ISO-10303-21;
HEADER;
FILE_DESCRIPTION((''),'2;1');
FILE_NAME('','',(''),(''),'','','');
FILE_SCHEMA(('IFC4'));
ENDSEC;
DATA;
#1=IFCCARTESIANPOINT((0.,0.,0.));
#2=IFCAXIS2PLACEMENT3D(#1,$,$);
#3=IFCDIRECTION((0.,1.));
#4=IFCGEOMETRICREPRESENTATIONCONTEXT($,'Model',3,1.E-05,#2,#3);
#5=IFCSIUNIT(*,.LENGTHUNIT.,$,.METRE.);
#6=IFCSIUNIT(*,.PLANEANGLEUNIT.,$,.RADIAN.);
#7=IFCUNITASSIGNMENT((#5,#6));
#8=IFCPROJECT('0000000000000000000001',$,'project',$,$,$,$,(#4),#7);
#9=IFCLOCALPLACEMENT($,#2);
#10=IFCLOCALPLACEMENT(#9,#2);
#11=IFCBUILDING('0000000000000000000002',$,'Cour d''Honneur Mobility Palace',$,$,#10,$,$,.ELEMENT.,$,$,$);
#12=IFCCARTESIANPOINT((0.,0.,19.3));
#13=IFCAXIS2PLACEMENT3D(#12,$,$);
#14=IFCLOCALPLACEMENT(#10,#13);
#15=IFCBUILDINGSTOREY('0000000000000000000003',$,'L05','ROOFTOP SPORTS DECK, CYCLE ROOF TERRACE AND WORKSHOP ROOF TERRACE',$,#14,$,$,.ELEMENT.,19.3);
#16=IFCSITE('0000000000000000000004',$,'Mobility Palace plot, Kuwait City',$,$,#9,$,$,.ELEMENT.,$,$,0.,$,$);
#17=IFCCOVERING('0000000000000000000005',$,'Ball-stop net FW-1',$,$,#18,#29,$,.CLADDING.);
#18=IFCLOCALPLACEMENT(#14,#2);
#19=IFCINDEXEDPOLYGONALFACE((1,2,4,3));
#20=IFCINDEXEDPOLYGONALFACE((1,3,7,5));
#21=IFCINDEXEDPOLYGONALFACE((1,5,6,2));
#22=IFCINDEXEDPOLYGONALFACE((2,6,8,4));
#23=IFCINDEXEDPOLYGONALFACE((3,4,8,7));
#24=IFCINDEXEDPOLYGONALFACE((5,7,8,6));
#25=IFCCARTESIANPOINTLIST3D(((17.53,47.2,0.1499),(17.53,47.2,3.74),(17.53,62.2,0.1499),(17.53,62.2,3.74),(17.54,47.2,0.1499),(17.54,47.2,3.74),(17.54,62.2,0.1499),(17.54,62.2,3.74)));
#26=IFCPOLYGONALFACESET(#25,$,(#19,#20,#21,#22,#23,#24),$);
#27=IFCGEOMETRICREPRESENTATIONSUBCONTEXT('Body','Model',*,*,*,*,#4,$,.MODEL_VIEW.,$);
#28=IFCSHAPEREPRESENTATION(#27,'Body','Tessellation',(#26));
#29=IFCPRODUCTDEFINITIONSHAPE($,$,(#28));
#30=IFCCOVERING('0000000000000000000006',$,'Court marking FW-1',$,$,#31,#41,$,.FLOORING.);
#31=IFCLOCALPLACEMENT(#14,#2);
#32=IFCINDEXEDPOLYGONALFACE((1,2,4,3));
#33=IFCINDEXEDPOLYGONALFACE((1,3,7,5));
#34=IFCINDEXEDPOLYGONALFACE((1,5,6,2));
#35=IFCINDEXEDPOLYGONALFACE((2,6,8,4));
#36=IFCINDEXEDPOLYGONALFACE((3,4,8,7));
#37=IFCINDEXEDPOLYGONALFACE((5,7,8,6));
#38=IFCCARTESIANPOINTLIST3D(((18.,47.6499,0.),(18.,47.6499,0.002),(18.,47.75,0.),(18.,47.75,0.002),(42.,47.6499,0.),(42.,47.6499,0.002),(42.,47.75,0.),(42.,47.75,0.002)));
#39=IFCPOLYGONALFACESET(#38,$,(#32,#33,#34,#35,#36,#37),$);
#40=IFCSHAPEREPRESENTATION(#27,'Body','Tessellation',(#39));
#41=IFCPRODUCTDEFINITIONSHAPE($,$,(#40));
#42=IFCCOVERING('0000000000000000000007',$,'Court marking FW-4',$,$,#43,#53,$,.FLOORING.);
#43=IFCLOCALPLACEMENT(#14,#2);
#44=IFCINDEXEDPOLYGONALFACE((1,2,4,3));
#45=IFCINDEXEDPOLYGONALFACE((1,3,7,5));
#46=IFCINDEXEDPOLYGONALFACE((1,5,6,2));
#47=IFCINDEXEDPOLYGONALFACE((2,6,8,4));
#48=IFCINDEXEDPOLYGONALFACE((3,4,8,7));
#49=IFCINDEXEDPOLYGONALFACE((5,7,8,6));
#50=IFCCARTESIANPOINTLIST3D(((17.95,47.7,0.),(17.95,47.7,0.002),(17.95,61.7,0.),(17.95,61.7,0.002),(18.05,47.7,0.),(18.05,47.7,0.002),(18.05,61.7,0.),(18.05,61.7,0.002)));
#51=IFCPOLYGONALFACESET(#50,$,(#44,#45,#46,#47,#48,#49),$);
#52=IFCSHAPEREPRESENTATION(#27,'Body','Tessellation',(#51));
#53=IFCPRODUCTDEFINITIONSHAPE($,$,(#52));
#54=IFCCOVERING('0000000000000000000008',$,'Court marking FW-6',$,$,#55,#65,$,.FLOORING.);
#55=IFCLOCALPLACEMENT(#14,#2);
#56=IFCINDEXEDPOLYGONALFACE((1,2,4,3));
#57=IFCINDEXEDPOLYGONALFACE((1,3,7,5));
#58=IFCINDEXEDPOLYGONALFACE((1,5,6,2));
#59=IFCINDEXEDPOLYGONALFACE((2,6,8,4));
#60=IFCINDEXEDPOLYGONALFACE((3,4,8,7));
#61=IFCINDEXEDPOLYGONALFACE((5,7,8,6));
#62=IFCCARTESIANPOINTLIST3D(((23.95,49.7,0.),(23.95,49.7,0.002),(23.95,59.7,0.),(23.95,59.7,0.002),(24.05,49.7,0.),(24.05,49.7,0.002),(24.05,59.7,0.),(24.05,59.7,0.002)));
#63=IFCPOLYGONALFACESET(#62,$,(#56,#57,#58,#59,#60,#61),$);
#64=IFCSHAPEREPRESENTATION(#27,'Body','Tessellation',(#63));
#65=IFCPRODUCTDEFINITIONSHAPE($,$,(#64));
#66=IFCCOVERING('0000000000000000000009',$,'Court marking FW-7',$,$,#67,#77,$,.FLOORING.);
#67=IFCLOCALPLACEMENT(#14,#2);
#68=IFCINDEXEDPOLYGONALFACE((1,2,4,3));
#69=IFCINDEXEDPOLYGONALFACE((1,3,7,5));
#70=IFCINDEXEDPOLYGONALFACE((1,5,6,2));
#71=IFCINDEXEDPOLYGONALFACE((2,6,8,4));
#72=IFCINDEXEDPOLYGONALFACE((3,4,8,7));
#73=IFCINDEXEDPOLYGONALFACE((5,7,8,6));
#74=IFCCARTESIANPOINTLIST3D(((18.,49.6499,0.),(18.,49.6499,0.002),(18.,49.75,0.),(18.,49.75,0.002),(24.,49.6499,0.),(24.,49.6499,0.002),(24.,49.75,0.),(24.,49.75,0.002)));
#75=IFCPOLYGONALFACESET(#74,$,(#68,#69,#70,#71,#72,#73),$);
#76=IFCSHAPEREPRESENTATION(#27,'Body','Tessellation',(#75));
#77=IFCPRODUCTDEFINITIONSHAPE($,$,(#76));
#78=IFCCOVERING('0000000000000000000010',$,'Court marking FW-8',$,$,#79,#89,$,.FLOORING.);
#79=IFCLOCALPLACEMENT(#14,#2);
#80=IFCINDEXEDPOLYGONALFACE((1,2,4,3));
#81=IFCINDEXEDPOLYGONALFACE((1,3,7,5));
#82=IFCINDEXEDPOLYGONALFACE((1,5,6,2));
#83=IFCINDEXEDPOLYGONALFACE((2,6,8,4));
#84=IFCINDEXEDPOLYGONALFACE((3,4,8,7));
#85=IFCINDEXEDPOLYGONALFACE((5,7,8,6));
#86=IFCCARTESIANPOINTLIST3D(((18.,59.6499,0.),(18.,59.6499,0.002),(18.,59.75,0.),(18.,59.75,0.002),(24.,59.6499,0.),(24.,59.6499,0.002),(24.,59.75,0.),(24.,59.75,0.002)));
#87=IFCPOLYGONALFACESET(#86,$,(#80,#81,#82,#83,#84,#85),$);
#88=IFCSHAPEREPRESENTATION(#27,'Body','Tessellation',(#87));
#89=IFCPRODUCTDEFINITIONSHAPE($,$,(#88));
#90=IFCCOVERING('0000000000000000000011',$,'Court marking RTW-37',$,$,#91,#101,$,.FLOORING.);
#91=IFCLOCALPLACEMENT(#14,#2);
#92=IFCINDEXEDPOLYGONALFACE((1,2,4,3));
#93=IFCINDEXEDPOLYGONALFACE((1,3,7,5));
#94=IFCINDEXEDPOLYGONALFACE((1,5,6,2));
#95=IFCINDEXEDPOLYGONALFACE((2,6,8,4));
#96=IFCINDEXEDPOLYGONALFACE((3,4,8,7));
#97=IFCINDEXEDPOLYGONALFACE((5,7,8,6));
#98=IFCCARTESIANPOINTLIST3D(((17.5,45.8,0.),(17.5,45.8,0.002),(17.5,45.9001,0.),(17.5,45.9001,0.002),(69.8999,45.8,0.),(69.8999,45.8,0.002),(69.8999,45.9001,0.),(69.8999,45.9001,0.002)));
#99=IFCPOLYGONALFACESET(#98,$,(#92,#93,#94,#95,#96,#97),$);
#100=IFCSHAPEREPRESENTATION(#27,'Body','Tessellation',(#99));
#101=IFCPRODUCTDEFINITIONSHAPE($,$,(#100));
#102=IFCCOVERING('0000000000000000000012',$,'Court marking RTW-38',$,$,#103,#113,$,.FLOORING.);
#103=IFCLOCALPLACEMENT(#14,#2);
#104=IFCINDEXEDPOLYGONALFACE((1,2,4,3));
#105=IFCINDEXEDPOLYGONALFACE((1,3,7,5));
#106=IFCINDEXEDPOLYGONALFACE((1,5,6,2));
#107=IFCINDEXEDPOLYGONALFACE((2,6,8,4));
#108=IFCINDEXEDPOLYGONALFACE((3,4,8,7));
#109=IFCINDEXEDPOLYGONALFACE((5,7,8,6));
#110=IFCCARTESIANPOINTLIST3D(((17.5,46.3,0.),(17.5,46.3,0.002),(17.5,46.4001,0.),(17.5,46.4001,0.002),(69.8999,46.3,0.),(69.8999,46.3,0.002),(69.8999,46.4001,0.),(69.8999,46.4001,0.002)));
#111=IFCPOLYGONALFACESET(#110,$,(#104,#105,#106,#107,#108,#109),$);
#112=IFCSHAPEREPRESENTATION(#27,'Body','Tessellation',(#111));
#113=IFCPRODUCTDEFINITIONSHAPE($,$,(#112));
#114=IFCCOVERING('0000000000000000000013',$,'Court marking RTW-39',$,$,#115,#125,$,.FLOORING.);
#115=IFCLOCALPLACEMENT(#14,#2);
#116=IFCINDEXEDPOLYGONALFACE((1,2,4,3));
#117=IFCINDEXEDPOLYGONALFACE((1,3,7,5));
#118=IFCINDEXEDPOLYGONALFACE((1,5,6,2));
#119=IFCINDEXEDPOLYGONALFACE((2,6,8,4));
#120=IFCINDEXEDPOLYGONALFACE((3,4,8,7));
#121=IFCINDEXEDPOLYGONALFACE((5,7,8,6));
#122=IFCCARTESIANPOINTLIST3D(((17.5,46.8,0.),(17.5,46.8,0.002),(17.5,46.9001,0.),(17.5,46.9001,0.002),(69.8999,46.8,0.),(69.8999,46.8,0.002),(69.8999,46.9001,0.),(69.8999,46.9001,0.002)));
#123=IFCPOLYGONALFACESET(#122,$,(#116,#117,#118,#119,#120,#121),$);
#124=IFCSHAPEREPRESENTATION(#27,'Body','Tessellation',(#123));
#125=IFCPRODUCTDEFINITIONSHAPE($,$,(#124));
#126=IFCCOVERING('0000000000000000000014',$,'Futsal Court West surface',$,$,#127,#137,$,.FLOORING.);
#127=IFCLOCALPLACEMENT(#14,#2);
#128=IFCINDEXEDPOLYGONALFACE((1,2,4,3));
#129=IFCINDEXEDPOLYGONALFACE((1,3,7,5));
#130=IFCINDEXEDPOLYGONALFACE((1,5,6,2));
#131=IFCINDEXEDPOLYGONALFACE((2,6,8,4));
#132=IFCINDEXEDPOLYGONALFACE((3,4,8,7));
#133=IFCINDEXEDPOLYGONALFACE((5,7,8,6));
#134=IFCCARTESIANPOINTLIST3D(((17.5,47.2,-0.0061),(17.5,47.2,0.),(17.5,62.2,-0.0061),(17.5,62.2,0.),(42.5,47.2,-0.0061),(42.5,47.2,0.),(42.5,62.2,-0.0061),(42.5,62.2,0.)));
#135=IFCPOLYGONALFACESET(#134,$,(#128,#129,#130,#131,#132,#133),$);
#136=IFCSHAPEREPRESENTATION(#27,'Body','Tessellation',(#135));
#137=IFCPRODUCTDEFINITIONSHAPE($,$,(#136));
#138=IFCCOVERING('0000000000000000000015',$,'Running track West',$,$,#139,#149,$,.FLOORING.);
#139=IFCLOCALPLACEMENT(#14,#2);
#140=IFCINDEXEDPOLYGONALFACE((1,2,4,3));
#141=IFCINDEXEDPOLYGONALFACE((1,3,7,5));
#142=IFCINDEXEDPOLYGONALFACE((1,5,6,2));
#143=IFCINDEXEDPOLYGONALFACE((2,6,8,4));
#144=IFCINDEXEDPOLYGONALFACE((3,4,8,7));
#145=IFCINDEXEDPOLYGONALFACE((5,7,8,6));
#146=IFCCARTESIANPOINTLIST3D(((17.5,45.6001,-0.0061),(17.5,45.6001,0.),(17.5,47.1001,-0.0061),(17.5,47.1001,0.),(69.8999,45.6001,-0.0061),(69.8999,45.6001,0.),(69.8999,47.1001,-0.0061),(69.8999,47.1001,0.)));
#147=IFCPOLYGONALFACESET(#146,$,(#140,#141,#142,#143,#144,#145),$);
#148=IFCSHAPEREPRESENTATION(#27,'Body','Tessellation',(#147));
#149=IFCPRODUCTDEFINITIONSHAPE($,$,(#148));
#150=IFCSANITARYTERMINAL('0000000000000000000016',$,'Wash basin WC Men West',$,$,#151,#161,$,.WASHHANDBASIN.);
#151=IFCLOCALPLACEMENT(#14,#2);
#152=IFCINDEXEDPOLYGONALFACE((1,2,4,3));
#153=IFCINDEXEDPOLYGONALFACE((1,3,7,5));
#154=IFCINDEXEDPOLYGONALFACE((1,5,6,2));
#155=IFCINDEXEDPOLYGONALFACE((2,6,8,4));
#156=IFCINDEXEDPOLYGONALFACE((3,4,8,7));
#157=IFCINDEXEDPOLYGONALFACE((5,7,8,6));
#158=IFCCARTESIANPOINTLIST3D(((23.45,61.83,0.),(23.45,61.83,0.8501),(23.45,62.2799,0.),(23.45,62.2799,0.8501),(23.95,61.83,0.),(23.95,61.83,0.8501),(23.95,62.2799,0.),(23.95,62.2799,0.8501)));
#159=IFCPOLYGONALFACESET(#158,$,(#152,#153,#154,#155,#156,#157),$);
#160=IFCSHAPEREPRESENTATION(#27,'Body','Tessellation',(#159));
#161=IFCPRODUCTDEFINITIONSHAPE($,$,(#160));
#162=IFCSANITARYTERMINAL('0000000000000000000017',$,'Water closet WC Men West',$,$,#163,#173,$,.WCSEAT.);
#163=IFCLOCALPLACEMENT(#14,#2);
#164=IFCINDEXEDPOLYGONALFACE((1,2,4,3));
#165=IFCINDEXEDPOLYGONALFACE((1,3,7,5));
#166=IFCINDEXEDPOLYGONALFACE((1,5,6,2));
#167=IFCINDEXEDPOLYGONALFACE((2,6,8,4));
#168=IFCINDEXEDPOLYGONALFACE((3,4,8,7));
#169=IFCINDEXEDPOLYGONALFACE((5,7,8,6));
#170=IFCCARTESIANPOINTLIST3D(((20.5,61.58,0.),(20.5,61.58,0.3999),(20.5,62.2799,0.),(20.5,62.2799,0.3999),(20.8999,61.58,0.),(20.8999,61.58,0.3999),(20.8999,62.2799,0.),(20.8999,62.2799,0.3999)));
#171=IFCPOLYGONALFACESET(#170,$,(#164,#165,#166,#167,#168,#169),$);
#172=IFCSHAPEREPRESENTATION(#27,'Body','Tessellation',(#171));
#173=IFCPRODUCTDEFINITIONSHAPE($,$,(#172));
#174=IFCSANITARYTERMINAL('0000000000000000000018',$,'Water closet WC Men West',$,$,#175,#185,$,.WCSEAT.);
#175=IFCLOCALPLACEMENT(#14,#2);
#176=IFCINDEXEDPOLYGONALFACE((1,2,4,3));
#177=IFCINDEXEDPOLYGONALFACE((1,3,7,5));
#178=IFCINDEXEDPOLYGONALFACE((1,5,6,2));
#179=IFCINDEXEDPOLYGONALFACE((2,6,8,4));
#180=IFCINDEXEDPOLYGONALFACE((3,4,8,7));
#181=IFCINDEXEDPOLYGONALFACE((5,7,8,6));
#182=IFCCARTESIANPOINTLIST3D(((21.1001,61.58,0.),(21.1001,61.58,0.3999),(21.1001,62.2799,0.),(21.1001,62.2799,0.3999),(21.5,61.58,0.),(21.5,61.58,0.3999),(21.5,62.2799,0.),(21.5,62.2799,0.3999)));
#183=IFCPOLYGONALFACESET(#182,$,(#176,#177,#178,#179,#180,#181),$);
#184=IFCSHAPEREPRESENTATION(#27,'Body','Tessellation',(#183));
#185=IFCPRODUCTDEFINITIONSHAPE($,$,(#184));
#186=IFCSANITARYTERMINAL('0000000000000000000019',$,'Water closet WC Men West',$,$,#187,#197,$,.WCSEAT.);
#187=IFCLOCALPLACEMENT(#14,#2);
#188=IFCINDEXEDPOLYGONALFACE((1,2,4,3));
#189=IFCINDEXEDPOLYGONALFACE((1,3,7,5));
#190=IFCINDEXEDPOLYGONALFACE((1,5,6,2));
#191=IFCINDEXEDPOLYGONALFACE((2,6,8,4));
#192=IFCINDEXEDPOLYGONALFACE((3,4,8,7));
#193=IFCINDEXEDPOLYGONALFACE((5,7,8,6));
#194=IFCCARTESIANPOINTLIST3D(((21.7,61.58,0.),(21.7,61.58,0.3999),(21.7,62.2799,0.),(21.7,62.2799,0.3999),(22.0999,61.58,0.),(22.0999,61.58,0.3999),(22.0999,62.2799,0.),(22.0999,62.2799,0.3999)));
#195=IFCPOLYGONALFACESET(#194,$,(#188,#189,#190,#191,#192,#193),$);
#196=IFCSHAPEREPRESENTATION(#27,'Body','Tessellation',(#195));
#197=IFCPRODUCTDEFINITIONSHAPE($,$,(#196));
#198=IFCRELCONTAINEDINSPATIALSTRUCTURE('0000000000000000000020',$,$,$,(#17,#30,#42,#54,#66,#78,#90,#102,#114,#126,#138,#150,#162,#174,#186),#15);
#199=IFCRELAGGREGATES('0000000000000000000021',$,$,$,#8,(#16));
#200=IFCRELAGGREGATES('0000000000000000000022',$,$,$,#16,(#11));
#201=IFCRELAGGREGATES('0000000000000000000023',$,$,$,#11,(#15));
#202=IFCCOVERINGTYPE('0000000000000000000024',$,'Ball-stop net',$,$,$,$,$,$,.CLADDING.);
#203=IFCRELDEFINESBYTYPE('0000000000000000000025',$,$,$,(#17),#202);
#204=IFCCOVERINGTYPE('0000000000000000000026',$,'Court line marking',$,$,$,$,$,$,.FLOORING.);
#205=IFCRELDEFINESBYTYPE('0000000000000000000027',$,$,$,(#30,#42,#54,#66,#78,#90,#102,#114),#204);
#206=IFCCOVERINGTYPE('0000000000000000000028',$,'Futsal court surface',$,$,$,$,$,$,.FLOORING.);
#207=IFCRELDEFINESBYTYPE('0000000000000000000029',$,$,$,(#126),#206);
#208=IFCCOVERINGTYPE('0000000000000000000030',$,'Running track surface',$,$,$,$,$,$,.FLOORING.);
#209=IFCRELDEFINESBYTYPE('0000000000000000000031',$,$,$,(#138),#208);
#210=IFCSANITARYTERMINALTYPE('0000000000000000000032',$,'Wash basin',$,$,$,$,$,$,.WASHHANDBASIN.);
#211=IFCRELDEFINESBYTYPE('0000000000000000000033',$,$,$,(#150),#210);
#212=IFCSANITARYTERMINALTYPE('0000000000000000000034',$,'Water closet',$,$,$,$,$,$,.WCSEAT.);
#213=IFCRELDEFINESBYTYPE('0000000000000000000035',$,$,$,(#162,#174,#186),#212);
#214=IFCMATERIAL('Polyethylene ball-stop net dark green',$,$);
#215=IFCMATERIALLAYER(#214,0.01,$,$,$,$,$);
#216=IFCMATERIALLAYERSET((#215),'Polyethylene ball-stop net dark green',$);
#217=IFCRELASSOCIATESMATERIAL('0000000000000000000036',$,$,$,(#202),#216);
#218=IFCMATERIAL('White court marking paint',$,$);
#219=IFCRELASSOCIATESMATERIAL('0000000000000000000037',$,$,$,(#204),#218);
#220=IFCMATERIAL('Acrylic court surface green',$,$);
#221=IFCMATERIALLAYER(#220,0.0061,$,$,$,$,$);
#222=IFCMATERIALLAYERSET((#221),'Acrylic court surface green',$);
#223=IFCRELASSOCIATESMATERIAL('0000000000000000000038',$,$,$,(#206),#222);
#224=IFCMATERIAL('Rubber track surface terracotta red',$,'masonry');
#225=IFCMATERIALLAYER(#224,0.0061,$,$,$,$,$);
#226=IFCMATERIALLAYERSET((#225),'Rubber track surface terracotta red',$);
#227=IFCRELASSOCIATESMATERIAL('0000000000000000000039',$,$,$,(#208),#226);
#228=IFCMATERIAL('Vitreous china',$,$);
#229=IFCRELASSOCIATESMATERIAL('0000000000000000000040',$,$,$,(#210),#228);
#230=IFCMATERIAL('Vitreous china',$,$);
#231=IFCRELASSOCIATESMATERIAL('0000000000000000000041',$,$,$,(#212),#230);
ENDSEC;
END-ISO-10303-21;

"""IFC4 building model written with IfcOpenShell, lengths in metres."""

from ifc_helpers import new_model, si_unit, direction, frame, origin, origin_2d, place, context, subcontext, project, spatial, polyline, rectangle, outline, extrude, material, layer, layer_set, material_profile, profile_set, type_object, element, save


model = new_model("IFC4")

# Units and contexts
model_context = context("Model", 3, precision=1e-05, world=origin(), true_north=direction((0.0, 1.0)))
body_context = subcontext(model_context, "Body", "Model", "MODEL_VIEW")
ifc_project = project(units=[si_unit("LENGTHUNIT", "METRE"), si_unit("PLANEANGLEUNIT", "RADIAN")], contexts=[model_context])

# Site, building, storey
site_placement = place(None, origin())
site = spatial("IfcSite", under=ifc_project, at=site_placement, Name="Mobility Palace plot, Kuwait City", CompositionType="ELEMENT", RefElevation=0.0)
building_placement = place(site_placement, origin())
building = spatial("IfcBuilding", under=site, at=building_placement, Name="Cour d'Honneur Mobility Palace", CompositionType="ELEMENT")
storey_placement = place(building_placement, frame((0.0, 0.0, 19.3)))
storey = spatial("IfcBuildingStorey", under=building, at=storey_placement, Name="L05", Description="ROOFTOP SPORTS DECK, CYCLE ROOF TERRACE AND WORKSHOP ROOF TERRACE", CompositionType="ELEMENT", Elevation=19.3)

# Coverings
ifc_material_1 = material(Name="Polyethylene ball-stop net dark green")
ifc_layer_1 = layer(ifc_material_1, 0.01)
ifc_layer_set_1 = layer_set([ifc_layer_1], Name="Polyethylene ball-stop net dark green")
covering_type_1 = type_object("IfcCoveringType", Name="Ball-stop net", PredefinedType="CLADDING", material=ifc_layer_set_1)
covering_1_placement = place(storey_placement, frame((17.54, 47.2, 0.1499), z_axis=(1.0, 0.0, 0.0), x_axis=(0.0, 1.0, 0.0)))
element("IfcCovering", 1, at=covering_1_placement, inside=storey, type_object=covering_type_1, Name="Ball-stop net FW-1", PredefinedType="CLADDING", context=body_context, shape_type="SweptSolid", body=[
    extrude(outline(polyline([(0.0, 0.0), (15.0, 0.0), (15.0, 3.5901), (0.0, 3.5901), (0.0, 0.0)])), origin(), (0.0, 0.0, -1.0), 0.01),
])
ifc_material_2 = material(Name="White court marking paint")
ifc_material_profile_1 = material_profile(ifc_material_2, rectangle(XDim=0.1001, YDim=0.002, at=origin_2d()), Name="Court line marking")
ifc_profile_set_1 = profile_set([ifc_material_profile_1], Name="White court marking paint")
covering_type_2 = type_object("IfcCoveringType", Name="Court line marking", PredefinedType="FLOORING", material=ifc_profile_set_1)
covering_2_placement = place(storey_placement, frame((18.0, 47.7, 0.001), z_axis=(1.0, 0.0, 0.0), x_axis=(0.0, 1.0, 0.0)))
element("IfcCovering", 2, at=covering_2_placement, inside=storey, type_object=covering_type_2, Name="Court marking FW-1", PredefinedType="FLOORING", context=body_context, shape_type="SweptSolid", body=[
    extrude(rectangle(XDim=0.1001, YDim=0.002, at=origin_2d()), origin(), (0.0, 0.0, 1.0), 24.0),
])
covering_3_placement = place(storey_placement, frame((18.0, 61.7, 0.001), z_axis=(0.0, -1.0, 0.0), x_axis=(1.0, 0.0, 0.0)))
element("IfcCovering", 3, at=covering_3_placement, inside=storey, type_object=covering_type_2, Name="Court marking FW-4", PredefinedType="FLOORING", context=body_context, shape_type="SweptSolid", body=[
    extrude(rectangle(XDim=0.1001, YDim=0.002, at=origin_2d()), origin(), (0.0, 0.0, 1.0), 14.0),
])
covering_4_placement = place(storey_placement, frame((24.0, 49.7, 0.001), z_axis=(0.0, 1.0, 0.0), x_axis=(-1.0, 0.0, 0.0)))
element("IfcCovering", 4, at=covering_4_placement, inside=storey, type_object=covering_type_2, Name="Court marking FW-6", PredefinedType="FLOORING", context=body_context, shape_type="SweptSolid", body=[
    extrude(rectangle(XDim=0.1001, YDim=0.002, at=origin_2d()), origin(), (0.0, 0.0, 1.0), 10.0),
])
for number, where, z_axis, x_axis, name in (
    (5, (18.0, 49.7, 0.001), (1.0, 0.0, 0.0), (0.0, 1.0, 0.0), "Court marking FW-7"),
    (6, (18.0, 59.7, 0.001), (1.0, 0.0, 0.0), (0.0, 1.0, 0.0), "Court marking FW-8"),
):
    element("IfcCovering", number, at=place(storey_placement, frame(where, z_axis=z_axis, x_axis=x_axis)), inside=storey, type_object=covering_type_2, Name=name, PredefinedType="FLOORING", context=body_context, shape_type="SweptSolid", body=[
        extrude(rectangle(XDim=0.1001, YDim=0.002, at=origin_2d()), origin(), (0.0, 0.0, 1.0), 6.0),
    ])
for number, where, z_axis, x_axis, name in (
    (7, (17.5, 45.8501, 0.001), (1.0, 0.0, 0.0), (0.0, 1.0, 0.0), "Court marking RTW-37"),
    (8, (17.5, 46.3501, 0.001), (1.0, 0.0, 0.0), (0.0, 1.0, 0.0), "Court marking RTW-38"),
    (9, (17.5, 46.8501, 0.001), (1.0, 0.0, 0.0), (0.0, 1.0, 0.0), "Court marking RTW-39"),
):
    element("IfcCovering", number, at=place(storey_placement, frame(where, z_axis=z_axis, x_axis=x_axis)), inside=storey, type_object=covering_type_2, Name=name, PredefinedType="FLOORING", context=body_context, shape_type="SweptSolid", body=[
        extrude(rectangle(XDim=0.1001, YDim=0.002, at=origin_2d()), origin(), (0.0, 0.0, 1.0), 52.3999),
    ])
ifc_material_3 = material(Name="Acrylic court surface green")
ifc_layer_2 = layer(ifc_material_3, 0.0061)
ifc_layer_set_2 = layer_set([ifc_layer_2], Name="Acrylic court surface green")
covering_type_3 = type_object("IfcCoveringType", Name="Futsal court surface", PredefinedType="FLOORING", material=ifc_layer_set_2)
covering_5_placement = place(storey_placement, frame((17.5, 47.2, 0.0), z_axis=(0.0, 0.0, 1.0), x_axis=(1.0, 0.0, 0.0)))
element("IfcCovering", 10, at=covering_5_placement, inside=storey, type_object=covering_type_3, Name="Futsal Court West surface", PredefinedType="FLOORING", context=body_context, shape_type="SweptSolid", body=[
    extrude(outline(polyline([(0.0, 0.0), (25.0, 0.0), (25.0, 15.0), (0.0, 15.0), (0.0, 0.0)])), origin(), (0.0, 0.0, -1.0), 0.0061),
])
ifc_material_4 = material(Name="Rubber track surface terracotta red", Category="masonry")
ifc_layer_3 = layer(ifc_material_4, 0.0061)
ifc_layer_set_3 = layer_set([ifc_layer_3], Name="Rubber track surface terracotta red")
covering_type_4 = type_object("IfcCoveringType", Name="Running track surface", PredefinedType="FLOORING", material=ifc_layer_set_3)
covering_6_placement = place(storey_placement, frame((17.5, 45.6001, 0.0), z_axis=(0.0, 0.0, 1.0), x_axis=(1.0, 0.0, 0.0)))
element("IfcCovering", 11, at=covering_6_placement, inside=storey, type_object=covering_type_4, Name="Running track West", PredefinedType="FLOORING", context=body_context, shape_type="SweptSolid", body=[
    extrude(outline(polyline([(0.0, 0.0), (52.3999, 0.0), (52.3999, 1.5), (0.0, 1.5), (0.0, 0.0)])), origin(), (0.0, 0.0, -1.0), 0.0061),
])

# Sanitary terminals
ifc_material_5 = material(Name="Vitreous china")
sanitary_terminal_type_1 = type_object("IfcSanitaryTerminalType", Name="Wash basin", PredefinedType="WASHHANDBASIN", material=ifc_material_5)
sanitary_terminal_placement = place(storey_placement, frame((23.7, 62.0549, 0.0), z_axis=(0.0, 0.0, 1.0), x_axis=(1.0, 0.0, 0.0)))
element("IfcSanitaryTerminal", 12, at=sanitary_terminal_placement, inside=storey, type_object=sanitary_terminal_type_1, Name="Wash basin WC Men West", PredefinedType="WASHHANDBASIN", context=body_context, shape_type="SweptSolid", body=[
    extrude(rectangle(XDim=0.5, YDim=0.45, at=origin_2d()), origin(), (0.0, 0.0, 1.0), 0.8501),
])
ifc_material_6 = material(Name="Vitreous china")
sanitary_terminal_type_2 = type_object("IfcSanitaryTerminalType", Name="Water closet", PredefinedType="WCSEAT", material=ifc_material_6)
for number, where, z_axis, x_axis, name in (
    (13, (20.7, 61.9299, 0.0), (0.0, 0.0, 1.0), (1.0, 0.0, 0.0), "Water closet WC Men West"),
    (14, (21.3, 61.9299, 0.0), (0.0, 0.0, 1.0), (1.0, 0.0, 0.0), "Water closet WC Men West"),
    (15, (21.8999, 61.9299, 0.0), (0.0, 0.0, 1.0), (1.0, 0.0, 0.0), "Water closet WC Men West"),
):
    element("IfcSanitaryTerminal", number, at=place(storey_placement, frame(where, z_axis=z_axis, x_axis=x_axis)), inside=storey, type_object=sanitary_terminal_type_2, Name=name, PredefinedType="WCSEAT", context=body_context, shape_type="SweptSolid", body=[
        extrude(rectangle(XDim=0.3999, YDim=0.7, at=origin_2d()), origin(), (0.0, 0.0, 1.0), 0.3999),
    ])

save(model, "model.ifc")
